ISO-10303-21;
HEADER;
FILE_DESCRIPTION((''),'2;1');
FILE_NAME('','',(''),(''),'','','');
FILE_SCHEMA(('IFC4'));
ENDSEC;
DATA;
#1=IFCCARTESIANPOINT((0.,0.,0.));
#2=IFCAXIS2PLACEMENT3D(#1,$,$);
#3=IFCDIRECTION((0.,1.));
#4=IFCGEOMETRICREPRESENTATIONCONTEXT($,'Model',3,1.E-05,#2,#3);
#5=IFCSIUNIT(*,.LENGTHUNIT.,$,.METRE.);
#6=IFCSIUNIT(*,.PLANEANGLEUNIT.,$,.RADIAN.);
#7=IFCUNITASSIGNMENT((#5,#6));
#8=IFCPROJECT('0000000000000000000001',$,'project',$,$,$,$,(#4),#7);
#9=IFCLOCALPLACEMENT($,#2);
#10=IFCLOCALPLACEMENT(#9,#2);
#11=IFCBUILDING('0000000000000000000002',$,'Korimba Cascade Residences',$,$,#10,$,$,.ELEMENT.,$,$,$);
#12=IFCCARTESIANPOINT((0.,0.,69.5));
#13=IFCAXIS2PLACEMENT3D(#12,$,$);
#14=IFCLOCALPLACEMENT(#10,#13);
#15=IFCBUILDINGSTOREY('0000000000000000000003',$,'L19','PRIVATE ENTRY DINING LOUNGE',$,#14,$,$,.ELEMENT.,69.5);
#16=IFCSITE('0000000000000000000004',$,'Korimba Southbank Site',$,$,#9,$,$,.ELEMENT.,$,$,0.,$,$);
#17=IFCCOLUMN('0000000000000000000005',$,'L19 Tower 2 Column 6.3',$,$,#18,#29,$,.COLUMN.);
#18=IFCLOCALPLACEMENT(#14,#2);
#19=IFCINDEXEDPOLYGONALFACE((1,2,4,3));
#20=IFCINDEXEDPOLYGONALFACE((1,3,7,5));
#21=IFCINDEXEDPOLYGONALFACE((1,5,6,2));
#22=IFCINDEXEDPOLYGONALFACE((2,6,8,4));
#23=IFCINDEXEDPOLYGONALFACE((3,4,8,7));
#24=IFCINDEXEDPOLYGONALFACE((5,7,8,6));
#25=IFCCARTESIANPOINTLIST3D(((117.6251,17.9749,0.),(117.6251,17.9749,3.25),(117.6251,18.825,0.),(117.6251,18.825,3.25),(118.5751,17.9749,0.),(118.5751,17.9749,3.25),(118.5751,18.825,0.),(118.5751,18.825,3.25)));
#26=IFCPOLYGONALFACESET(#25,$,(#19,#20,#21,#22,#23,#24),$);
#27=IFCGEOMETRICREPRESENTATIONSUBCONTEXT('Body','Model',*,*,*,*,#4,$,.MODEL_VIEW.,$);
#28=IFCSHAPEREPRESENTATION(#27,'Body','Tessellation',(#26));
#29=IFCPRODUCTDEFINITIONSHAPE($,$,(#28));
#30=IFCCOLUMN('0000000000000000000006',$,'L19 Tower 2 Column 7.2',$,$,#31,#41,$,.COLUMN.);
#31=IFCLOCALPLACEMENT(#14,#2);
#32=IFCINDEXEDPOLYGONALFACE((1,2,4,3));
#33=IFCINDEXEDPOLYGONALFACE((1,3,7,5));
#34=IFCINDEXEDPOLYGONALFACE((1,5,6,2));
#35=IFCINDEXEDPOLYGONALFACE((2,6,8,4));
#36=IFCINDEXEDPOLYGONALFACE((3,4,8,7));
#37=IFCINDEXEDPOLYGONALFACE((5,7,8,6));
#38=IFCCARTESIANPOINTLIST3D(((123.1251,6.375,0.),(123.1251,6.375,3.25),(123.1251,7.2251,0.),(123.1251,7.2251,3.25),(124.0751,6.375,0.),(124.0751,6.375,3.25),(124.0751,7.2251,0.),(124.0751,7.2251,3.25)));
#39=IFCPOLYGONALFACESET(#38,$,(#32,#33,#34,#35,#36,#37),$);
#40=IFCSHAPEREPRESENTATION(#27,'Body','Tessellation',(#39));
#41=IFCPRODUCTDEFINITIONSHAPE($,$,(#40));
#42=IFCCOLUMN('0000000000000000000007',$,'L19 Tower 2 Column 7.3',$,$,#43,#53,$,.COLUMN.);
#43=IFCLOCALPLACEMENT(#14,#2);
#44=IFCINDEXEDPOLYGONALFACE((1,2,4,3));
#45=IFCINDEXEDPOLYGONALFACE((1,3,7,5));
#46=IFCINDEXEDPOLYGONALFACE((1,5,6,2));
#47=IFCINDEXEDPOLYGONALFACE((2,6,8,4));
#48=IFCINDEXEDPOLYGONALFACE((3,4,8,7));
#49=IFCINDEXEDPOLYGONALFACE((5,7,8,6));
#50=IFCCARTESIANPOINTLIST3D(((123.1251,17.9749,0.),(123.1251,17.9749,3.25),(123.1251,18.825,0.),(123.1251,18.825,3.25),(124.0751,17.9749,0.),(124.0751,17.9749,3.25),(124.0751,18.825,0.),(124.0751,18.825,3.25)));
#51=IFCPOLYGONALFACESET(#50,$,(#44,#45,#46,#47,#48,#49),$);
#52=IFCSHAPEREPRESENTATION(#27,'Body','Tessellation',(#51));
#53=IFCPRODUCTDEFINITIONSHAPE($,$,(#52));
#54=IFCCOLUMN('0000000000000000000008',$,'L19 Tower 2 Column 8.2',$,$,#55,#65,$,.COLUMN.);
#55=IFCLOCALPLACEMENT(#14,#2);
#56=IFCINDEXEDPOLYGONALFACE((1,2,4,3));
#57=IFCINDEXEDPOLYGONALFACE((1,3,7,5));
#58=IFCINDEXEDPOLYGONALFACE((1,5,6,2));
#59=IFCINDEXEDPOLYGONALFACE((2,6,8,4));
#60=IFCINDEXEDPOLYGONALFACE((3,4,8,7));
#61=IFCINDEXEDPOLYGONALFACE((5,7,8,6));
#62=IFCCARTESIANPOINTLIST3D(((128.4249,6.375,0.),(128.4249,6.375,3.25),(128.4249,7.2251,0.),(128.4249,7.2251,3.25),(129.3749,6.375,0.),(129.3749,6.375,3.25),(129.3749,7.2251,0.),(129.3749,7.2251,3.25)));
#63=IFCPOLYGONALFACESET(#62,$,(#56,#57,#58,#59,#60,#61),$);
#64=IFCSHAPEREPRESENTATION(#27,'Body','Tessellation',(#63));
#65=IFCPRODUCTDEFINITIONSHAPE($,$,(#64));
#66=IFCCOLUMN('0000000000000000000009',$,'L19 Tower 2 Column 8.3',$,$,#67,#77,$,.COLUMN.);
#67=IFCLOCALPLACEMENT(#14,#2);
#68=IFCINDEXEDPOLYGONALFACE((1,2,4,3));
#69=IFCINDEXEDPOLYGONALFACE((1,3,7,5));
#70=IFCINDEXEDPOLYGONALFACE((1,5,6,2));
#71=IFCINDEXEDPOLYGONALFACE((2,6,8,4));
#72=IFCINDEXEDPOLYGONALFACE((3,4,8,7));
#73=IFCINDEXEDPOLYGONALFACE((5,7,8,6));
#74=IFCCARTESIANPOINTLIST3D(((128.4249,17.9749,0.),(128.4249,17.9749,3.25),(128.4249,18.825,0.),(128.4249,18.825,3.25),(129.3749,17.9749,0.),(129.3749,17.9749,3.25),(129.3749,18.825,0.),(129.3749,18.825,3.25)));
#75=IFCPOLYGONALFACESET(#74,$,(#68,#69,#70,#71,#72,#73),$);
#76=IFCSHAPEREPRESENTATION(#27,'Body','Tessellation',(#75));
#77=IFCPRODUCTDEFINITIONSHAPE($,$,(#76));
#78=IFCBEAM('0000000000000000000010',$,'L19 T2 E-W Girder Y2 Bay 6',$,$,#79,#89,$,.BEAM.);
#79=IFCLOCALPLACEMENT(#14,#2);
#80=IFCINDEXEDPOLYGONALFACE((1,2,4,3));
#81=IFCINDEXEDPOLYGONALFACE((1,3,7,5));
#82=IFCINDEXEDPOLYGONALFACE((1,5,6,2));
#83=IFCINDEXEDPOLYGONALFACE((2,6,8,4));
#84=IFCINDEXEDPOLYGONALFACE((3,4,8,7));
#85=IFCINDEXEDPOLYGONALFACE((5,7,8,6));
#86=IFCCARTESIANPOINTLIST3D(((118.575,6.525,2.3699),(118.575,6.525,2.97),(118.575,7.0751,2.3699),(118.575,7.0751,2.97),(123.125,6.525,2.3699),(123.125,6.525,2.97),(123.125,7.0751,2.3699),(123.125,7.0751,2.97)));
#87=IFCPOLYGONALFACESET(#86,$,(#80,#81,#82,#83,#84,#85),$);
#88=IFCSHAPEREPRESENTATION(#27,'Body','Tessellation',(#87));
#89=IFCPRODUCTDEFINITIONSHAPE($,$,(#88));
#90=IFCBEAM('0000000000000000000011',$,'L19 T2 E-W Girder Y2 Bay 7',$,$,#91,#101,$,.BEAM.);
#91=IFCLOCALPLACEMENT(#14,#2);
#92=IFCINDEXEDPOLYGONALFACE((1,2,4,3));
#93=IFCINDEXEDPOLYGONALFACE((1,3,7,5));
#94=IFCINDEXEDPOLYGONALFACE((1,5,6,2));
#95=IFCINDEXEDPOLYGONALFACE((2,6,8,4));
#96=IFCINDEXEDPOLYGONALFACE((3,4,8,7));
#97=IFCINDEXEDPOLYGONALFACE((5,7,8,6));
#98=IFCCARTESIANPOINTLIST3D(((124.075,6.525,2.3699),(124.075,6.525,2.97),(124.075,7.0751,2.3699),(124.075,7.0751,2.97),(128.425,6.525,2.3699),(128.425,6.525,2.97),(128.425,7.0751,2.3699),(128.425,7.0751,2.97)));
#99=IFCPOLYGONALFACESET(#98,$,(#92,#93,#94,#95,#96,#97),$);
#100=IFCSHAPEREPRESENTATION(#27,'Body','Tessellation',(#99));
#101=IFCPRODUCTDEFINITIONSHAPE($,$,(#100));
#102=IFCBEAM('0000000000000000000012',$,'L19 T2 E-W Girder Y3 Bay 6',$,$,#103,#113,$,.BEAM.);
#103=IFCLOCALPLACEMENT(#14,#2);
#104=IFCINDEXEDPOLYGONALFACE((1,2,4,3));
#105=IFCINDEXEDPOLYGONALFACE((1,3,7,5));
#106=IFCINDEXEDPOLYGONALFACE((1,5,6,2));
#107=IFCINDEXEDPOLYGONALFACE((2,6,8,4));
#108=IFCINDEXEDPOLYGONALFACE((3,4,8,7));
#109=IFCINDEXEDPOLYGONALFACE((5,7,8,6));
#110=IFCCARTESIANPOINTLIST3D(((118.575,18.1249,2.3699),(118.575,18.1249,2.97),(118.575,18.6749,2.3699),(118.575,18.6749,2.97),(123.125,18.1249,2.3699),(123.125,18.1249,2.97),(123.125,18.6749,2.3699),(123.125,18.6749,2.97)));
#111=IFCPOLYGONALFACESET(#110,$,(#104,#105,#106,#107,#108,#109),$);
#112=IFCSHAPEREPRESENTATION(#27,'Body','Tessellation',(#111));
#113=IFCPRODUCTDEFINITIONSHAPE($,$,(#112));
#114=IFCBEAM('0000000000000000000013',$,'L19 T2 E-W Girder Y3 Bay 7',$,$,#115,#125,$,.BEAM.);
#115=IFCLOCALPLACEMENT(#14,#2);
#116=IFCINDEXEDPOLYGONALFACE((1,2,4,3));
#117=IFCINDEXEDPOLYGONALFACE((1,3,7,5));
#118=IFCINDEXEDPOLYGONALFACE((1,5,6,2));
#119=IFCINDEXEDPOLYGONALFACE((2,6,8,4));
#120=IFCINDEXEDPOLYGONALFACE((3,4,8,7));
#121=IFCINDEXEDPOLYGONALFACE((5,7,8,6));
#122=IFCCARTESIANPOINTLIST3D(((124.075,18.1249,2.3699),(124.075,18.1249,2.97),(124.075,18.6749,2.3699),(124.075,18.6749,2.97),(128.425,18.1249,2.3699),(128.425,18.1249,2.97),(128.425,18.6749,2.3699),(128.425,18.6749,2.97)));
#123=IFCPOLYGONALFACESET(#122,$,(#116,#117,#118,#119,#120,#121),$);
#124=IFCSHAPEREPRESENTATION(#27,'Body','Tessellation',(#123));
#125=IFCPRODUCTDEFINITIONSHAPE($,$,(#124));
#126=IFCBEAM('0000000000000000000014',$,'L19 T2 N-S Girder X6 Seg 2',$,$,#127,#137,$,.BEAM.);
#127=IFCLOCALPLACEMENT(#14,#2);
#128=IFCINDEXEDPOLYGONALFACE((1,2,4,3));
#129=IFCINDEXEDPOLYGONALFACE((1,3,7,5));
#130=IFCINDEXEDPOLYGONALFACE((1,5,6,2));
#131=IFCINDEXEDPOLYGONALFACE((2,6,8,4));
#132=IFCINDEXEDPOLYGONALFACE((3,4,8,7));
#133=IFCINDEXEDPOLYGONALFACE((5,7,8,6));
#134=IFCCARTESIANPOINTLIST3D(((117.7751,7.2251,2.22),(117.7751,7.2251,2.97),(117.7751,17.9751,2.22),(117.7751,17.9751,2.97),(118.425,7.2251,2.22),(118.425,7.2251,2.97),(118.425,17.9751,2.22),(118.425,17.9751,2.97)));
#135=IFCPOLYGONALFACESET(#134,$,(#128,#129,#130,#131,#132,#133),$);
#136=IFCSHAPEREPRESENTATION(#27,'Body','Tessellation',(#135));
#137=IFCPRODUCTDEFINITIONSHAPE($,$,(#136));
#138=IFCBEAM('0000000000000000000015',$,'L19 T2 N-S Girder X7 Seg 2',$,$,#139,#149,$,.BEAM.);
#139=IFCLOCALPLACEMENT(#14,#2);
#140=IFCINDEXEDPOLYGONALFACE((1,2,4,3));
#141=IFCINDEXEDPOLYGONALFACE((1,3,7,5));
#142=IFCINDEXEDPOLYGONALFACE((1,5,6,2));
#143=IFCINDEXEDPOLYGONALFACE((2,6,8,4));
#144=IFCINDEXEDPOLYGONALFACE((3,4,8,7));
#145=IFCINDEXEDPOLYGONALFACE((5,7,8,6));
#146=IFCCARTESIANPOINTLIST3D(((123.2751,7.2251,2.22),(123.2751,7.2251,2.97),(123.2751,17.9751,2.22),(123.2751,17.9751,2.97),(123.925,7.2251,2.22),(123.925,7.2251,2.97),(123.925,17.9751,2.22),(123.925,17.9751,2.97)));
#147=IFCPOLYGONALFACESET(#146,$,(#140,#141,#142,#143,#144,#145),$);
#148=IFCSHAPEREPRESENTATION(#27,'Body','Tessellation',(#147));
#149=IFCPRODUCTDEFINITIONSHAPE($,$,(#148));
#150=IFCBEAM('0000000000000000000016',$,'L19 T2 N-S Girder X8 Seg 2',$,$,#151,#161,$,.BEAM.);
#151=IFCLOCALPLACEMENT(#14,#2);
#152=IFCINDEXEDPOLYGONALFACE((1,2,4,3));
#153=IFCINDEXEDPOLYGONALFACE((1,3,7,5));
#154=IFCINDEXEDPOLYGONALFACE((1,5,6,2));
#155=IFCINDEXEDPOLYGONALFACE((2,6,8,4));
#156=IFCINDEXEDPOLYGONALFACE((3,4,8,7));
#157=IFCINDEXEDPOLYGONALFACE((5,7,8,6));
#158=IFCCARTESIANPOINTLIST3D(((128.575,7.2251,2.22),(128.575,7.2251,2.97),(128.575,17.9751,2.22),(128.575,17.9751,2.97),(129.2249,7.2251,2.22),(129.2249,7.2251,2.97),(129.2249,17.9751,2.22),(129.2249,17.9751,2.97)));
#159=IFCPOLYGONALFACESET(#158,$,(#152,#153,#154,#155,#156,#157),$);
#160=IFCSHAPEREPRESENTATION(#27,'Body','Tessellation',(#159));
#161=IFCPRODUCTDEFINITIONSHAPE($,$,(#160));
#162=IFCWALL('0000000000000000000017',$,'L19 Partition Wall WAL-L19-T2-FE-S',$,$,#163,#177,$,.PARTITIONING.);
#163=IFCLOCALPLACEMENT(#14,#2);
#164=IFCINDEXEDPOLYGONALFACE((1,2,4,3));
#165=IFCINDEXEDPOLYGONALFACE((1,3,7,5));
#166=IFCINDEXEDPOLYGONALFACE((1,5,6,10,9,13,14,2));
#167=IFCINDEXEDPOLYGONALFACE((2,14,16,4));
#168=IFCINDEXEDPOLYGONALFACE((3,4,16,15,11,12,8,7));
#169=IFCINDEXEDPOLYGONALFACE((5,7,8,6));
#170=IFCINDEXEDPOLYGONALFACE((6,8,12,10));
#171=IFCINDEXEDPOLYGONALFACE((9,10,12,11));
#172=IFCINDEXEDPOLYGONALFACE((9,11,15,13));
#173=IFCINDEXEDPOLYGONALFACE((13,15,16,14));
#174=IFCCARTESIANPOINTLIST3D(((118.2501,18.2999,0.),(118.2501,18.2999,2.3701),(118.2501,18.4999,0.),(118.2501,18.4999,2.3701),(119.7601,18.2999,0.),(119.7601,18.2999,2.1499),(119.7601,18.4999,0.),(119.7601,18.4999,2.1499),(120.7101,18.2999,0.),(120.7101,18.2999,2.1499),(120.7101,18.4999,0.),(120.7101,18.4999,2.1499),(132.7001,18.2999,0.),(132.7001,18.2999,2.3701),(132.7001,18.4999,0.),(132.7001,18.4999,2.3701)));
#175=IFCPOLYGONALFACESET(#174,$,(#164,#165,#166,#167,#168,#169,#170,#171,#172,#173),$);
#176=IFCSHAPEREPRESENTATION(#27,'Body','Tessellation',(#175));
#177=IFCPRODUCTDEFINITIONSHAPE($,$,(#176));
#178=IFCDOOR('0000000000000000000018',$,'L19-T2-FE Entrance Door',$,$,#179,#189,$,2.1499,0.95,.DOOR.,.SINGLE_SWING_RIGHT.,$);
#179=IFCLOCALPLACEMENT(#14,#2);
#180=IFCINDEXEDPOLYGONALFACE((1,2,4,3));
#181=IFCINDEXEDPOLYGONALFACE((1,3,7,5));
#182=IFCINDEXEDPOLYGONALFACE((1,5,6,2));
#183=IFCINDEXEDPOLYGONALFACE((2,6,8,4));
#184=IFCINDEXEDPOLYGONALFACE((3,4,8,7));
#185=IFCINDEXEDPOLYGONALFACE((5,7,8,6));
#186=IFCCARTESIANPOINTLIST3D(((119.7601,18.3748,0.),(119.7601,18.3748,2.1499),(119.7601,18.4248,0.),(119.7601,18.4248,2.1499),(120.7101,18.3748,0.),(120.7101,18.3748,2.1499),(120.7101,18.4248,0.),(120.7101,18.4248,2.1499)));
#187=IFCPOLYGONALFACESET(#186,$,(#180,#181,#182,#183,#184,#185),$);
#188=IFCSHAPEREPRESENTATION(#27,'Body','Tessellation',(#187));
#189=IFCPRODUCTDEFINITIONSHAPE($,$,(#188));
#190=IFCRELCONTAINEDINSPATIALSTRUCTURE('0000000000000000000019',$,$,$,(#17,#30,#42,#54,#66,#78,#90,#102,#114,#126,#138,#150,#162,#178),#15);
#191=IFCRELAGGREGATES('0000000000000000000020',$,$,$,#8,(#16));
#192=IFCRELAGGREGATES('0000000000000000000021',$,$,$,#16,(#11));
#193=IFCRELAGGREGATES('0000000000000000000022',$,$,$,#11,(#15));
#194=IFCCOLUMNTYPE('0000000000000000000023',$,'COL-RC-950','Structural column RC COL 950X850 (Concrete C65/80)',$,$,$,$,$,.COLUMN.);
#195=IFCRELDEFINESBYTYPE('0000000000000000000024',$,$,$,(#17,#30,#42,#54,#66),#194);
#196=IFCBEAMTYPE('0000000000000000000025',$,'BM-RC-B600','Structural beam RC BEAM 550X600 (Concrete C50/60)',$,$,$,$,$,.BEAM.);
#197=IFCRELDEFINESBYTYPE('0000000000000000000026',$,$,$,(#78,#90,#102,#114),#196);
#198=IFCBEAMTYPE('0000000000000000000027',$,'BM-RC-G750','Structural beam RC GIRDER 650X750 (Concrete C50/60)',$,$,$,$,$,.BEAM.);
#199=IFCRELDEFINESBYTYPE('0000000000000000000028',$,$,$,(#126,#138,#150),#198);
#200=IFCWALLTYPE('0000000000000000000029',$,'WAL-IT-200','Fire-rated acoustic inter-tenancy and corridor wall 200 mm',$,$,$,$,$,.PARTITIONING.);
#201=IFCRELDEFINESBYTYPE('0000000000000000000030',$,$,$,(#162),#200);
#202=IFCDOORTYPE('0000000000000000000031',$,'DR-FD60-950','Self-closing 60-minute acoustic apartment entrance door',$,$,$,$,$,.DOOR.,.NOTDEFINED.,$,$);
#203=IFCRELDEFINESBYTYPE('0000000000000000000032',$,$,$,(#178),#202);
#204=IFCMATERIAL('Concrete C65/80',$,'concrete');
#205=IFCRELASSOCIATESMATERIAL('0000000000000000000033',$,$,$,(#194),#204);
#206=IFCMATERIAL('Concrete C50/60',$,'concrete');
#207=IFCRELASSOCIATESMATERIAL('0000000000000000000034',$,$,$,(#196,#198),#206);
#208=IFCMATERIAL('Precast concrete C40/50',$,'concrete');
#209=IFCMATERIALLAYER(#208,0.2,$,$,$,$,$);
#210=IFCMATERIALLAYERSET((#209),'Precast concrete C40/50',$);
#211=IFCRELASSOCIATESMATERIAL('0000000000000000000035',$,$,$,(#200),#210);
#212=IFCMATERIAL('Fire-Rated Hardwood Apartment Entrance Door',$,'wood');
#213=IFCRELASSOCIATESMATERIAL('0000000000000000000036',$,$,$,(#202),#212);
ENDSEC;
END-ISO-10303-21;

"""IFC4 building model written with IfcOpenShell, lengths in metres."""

from ifc_helpers import new_model, si_unit, direction, frame, frame_2d, origin, origin_2d, place, context, subcontext, project, spatial, rectangle, extrude, material, layer, layer_set, material_profile, profile_set, type_object, element, fill, save


model = new_model("IFC4")

# Units and contexts
model_context = context("Model", 3, precision=1e-05, world=origin(), true_north=direction((0.0, 1.0)))
body_context = subcontext(model_context, "Body", "Model", "MODEL_VIEW")
ifc_project = project(units=[si_unit("LENGTHUNIT", "METRE"), si_unit("PLANEANGLEUNIT", "RADIAN")], contexts=[model_context])

# Site, building, storey
site_placement = place(None, origin())
site = spatial("IfcSite", under=ifc_project, at=site_placement, Name="Korimba Southbank Site", CompositionType="ELEMENT", RefElevation=0.0)
building_placement = place(site_placement, origin())
building = spatial("IfcBuilding", under=site, at=building_placement, Name="Korimba Cascade Residences", CompositionType="ELEMENT")
storey_placement = place(building_placement, frame((0.0, 0.0, 69.5)))
storey = spatial("IfcBuildingStorey", under=building, at=storey_placement, Name="L19", Description="PRIVATE ENTRY DINING LOUNGE", CompositionType="ELEMENT", Elevation=69.5)

# Columns
ifc_material_1 = material(Name="Concrete C65/80", Category="concrete")
ifc_material_profile_1 = material_profile(ifc_material_1, rectangle(XDim=0.95, YDim=0.8501, at=origin_2d()), Name="Concrete C65/80")
ifc_profile_set_1 = profile_set([ifc_material_profile_1], Name="Concrete C65/80")
column_type = type_object("IfcColumnType", Name="COL-RC-950", Description="Structural column RC COL 950X850 (Concrete C65/80)", PredefinedType="COLUMN", material=ifc_profile_set_1)
for number, where, z_axis, x_axis, name in (
    (1, (118.1001, 18.3999, 0.0), (0.0, 0.0, 1.0), (1.0, 0.0, 0.0), "L19 Tower 2 Column 6.3"),
    (2, (123.6001, 6.8, 0.0), (0.0, 0.0, 1.0), (1.0, 0.0, 0.0), "L19 Tower 2 Column 7.2"),
    (3, (123.6001, 18.3999, 0.0), (0.0, 0.0, 1.0), (1.0, 0.0, 0.0), "L19 Tower 2 Column 7.3"),
    (4, (128.8999, 6.8, 0.0), (0.0, 0.0, 1.0), (1.0, 0.0, 0.0), "L19 Tower 2 Column 8.2"),
    (5, (128.8999, 18.3999, 0.0), (0.0, 0.0, 1.0), (1.0, 0.0, 0.0), "L19 Tower 2 Column 8.3"),
):
    element("IfcColumn", number, at=place(storey_placement, frame(where, z_axis=z_axis, x_axis=x_axis)), inside=storey, type_object=column_type, Name=name, PredefinedType="COLUMN", context=body_context, shape_type="SweptSolid", body=[
        extrude(rectangle(XDim=0.95, YDim=0.8501, at=origin_2d()), origin(), (0.0, 0.0, 1.0), 3.25),
    ])

# Beams
ifc_material_2 = material(Name="Concrete C50/60", Category="concrete")
ifc_material_profile_2 = material_profile(ifc_material_2, rectangle(XDim=0.55, YDim=0.6001, at=origin_2d()), Name="Concrete C50/60")
ifc_profile_set_2 = profile_set([ifc_material_profile_2], Name="Concrete C50/60")
beam_type_1 = type_object("IfcBeamType", Name="BM-RC-B600", Description="Structural beam RC BEAM 550X600 (Concrete C50/60)", PredefinedType="BEAM", material=ifc_profile_set_2)
beam_1_placement = place(storey_placement, frame((118.575, 6.8, 2.6699), z_axis=(1.0, 0.0, 0.0), x_axis=(0.0, 1.0, 0.0)))
element("IfcBeam", 6, at=beam_1_placement, inside=storey, type_object=beam_type_1, Name="L19 T2 E-W Girder Y2 Bay 6", PredefinedType="BEAM", context=body_context, shape_type="SweptSolid", body=[
    extrude(rectangle(XDim=0.55, YDim=0.6001, at=origin_2d()), origin(), (0.0, 0.0, 1.0), 4.55),
])
beam_2_placement = place(storey_placement, frame((124.075, 6.8, 2.6699), z_axis=(1.0, 0.0, 0.0), x_axis=(0.0, 1.0, 0.0)))
element("IfcBeam", 7, at=beam_2_placement, inside=storey, type_object=beam_type_1, Name="L19 T2 E-W Girder Y2 Bay 7", PredefinedType="BEAM", context=body_context, shape_type="SweptSolid", body=[
    extrude(rectangle(XDim=0.55, YDim=0.6001, at=origin_2d()), origin(), (0.0, 0.0, 1.0), 4.3501),
])
beam_3_placement = place(storey_placement, frame((118.575, 18.3999, 2.6699), z_axis=(1.0, 0.0, 0.0), x_axis=(0.0, 1.0, 0.0)))
element("IfcBeam", 8, at=beam_3_placement, inside=storey, type_object=beam_type_1, Name="L19 T2 E-W Girder Y3 Bay 6", PredefinedType="BEAM", context=body_context, shape_type="SweptSolid", body=[
    extrude(rectangle(XDim=0.55, YDim=0.6001, at=origin_2d()), origin(), (0.0, 0.0, 1.0), 4.55),
])
beam_4_placement = place(storey_placement, frame((124.075, 18.3999, 2.6699), z_axis=(1.0, 0.0, 0.0), x_axis=(0.0, 1.0, 0.0)))
element("IfcBeam", 9, at=beam_4_placement, inside=storey, type_object=beam_type_1, Name="L19 T2 E-W Girder Y3 Bay 7", PredefinedType="BEAM", context=body_context, shape_type="SweptSolid", body=[
    extrude(rectangle(XDim=0.55, YDim=0.6001, at=origin_2d()), origin(), (0.0, 0.0, 1.0), 4.3501),
])
ifc_material_profile_3 = material_profile(ifc_material_2, rectangle(XDim=0.6499, YDim=0.75, at=origin_2d()), Name="Concrete C50/60")
ifc_profile_set_3 = profile_set([ifc_material_profile_3], Name="Concrete C50/60")
beam_type_2 = type_object("IfcBeamType", Name="BM-RC-G750", Description="Structural beam RC GIRDER 650X750 (Concrete C50/60)", PredefinedType="BEAM", material=ifc_profile_set_3)
for number, where, z_axis, x_axis, name in (
    (10, (118.1001, 7.2251, 2.595), (0.0, 1.0, 0.0), (-1.0, 0.0, 0.0), "L19 T2 N-S Girder X6 Seg 2"),
    (11, (123.6001, 7.2251, 2.595), (0.0, 1.0, 0.0), (-1.0, 0.0, 0.0), "L19 T2 N-S Girder X7 Seg 2"),
    (12, (128.8999, 7.2251, 2.595), (0.0, 1.0, 0.0), (-1.0, 0.0, 0.0), "L19 T2 N-S Girder X8 Seg 2"),
):
    element("IfcBeam", number, at=place(storey_placement, frame(where, z_axis=z_axis, x_axis=x_axis)), inside=storey, type_object=beam_type_2, Name=name, PredefinedType="BEAM", context=body_context, shape_type="SweptSolid", body=[
        extrude(rectangle(XDim=0.6499, YDim=0.75, at=origin_2d()), origin(), (0.0, 0.0, 1.0), 10.75),
    ])

# Wall, opening, door
ifc_material_3 = material(Name="Precast concrete C40/50", Category="concrete")
ifc_layer_1 = layer(ifc_material_3, 0.2)
ifc_layer_set_1 = layer_set([ifc_layer_1], Name="Precast concrete C40/50")
wall_type_1 = type_object("IfcWallType", Name="WAL-IT-200", Description="Fire-rated acoustic inter-tenancy and corridor wall 200 mm", PredefinedType="PARTITIONING", material=ifc_layer_set_1)
wall_1_placement = place(storey_placement, frame((118.25, 18.3999, 0.0), z_axis=(0.0, 0.0, 1.0), x_axis=(1.0, 0.0, 0.0)))
wall_1 = element("IfcWall", 13, at=wall_1_placement, inside=storey, type_object=wall_type_1, Name="L19 Partition Wall WAL-L19-T2-FE-S", PredefinedType="PARTITIONING", context=body_context, shape_type="SweptSolid", body=[
    extrude(rectangle(XDim=14.45, YDim=0.2, at=frame_2d((7.2251, 0.0))), origin(), (0.0, 0.0, 1.0), 2.3701),
])
opening_1_placement = place(wall_1_placement, frame((1.51, 0.0, 0.0)))
opening_1 = element("IfcOpeningElement", 14, at=opening_1_placement, cuts=wall_1, PredefinedType="OPENING", context=body_context, shape_type="SweptSolid", body=[
    extrude(rectangle(XDim=0.95, YDim=2.1499, at=frame_2d((0.4751, 1.075))), frame((0.0, 0.1099, 0.0), z_axis=(0.0, -1.0, 0.0), x_axis=(1.0, 0.0, 0.0)), (0.0, 0.0, 1.0), 0.22),
])
ifc_material_4 = material(Name="Fire-Rated Hardwood Apartment Entrance Door", Category="wood")
door_type_1 = type_object("IfcDoorType", Name="DR-FD60-950", Description="Self-closing 60-minute acoustic apartment entrance door", OperationType="NOTDEFINED", PredefinedType="DOOR", material=ifc_material_4)
door_1_placement = place(opening_1_placement, origin())
door_1 = element("IfcDoor", 15, at=door_1_placement, inside=storey, type_object=door_type_1, Name="L19-T2-FE Entrance Door", OperationType="SINGLE_SWING_RIGHT", OverallHeight=2.1499, OverallWidth=0.95, PredefinedType="DOOR", context=body_context, shape_type="SweptSolid", body=[
    extrude(rectangle(XDim=0.95, YDim=2.1499, at=frame_2d((0.4751, 1.075))), frame((0.0, 0.0249, 0.0), z_axis=(0.0, -1.0, 0.0), x_axis=(1.0, 0.0, 0.0)), (0.0, 0.0, 1.0), 0.05),
])
fill(opening_1, door_1)

save(model, "model.ifc")
